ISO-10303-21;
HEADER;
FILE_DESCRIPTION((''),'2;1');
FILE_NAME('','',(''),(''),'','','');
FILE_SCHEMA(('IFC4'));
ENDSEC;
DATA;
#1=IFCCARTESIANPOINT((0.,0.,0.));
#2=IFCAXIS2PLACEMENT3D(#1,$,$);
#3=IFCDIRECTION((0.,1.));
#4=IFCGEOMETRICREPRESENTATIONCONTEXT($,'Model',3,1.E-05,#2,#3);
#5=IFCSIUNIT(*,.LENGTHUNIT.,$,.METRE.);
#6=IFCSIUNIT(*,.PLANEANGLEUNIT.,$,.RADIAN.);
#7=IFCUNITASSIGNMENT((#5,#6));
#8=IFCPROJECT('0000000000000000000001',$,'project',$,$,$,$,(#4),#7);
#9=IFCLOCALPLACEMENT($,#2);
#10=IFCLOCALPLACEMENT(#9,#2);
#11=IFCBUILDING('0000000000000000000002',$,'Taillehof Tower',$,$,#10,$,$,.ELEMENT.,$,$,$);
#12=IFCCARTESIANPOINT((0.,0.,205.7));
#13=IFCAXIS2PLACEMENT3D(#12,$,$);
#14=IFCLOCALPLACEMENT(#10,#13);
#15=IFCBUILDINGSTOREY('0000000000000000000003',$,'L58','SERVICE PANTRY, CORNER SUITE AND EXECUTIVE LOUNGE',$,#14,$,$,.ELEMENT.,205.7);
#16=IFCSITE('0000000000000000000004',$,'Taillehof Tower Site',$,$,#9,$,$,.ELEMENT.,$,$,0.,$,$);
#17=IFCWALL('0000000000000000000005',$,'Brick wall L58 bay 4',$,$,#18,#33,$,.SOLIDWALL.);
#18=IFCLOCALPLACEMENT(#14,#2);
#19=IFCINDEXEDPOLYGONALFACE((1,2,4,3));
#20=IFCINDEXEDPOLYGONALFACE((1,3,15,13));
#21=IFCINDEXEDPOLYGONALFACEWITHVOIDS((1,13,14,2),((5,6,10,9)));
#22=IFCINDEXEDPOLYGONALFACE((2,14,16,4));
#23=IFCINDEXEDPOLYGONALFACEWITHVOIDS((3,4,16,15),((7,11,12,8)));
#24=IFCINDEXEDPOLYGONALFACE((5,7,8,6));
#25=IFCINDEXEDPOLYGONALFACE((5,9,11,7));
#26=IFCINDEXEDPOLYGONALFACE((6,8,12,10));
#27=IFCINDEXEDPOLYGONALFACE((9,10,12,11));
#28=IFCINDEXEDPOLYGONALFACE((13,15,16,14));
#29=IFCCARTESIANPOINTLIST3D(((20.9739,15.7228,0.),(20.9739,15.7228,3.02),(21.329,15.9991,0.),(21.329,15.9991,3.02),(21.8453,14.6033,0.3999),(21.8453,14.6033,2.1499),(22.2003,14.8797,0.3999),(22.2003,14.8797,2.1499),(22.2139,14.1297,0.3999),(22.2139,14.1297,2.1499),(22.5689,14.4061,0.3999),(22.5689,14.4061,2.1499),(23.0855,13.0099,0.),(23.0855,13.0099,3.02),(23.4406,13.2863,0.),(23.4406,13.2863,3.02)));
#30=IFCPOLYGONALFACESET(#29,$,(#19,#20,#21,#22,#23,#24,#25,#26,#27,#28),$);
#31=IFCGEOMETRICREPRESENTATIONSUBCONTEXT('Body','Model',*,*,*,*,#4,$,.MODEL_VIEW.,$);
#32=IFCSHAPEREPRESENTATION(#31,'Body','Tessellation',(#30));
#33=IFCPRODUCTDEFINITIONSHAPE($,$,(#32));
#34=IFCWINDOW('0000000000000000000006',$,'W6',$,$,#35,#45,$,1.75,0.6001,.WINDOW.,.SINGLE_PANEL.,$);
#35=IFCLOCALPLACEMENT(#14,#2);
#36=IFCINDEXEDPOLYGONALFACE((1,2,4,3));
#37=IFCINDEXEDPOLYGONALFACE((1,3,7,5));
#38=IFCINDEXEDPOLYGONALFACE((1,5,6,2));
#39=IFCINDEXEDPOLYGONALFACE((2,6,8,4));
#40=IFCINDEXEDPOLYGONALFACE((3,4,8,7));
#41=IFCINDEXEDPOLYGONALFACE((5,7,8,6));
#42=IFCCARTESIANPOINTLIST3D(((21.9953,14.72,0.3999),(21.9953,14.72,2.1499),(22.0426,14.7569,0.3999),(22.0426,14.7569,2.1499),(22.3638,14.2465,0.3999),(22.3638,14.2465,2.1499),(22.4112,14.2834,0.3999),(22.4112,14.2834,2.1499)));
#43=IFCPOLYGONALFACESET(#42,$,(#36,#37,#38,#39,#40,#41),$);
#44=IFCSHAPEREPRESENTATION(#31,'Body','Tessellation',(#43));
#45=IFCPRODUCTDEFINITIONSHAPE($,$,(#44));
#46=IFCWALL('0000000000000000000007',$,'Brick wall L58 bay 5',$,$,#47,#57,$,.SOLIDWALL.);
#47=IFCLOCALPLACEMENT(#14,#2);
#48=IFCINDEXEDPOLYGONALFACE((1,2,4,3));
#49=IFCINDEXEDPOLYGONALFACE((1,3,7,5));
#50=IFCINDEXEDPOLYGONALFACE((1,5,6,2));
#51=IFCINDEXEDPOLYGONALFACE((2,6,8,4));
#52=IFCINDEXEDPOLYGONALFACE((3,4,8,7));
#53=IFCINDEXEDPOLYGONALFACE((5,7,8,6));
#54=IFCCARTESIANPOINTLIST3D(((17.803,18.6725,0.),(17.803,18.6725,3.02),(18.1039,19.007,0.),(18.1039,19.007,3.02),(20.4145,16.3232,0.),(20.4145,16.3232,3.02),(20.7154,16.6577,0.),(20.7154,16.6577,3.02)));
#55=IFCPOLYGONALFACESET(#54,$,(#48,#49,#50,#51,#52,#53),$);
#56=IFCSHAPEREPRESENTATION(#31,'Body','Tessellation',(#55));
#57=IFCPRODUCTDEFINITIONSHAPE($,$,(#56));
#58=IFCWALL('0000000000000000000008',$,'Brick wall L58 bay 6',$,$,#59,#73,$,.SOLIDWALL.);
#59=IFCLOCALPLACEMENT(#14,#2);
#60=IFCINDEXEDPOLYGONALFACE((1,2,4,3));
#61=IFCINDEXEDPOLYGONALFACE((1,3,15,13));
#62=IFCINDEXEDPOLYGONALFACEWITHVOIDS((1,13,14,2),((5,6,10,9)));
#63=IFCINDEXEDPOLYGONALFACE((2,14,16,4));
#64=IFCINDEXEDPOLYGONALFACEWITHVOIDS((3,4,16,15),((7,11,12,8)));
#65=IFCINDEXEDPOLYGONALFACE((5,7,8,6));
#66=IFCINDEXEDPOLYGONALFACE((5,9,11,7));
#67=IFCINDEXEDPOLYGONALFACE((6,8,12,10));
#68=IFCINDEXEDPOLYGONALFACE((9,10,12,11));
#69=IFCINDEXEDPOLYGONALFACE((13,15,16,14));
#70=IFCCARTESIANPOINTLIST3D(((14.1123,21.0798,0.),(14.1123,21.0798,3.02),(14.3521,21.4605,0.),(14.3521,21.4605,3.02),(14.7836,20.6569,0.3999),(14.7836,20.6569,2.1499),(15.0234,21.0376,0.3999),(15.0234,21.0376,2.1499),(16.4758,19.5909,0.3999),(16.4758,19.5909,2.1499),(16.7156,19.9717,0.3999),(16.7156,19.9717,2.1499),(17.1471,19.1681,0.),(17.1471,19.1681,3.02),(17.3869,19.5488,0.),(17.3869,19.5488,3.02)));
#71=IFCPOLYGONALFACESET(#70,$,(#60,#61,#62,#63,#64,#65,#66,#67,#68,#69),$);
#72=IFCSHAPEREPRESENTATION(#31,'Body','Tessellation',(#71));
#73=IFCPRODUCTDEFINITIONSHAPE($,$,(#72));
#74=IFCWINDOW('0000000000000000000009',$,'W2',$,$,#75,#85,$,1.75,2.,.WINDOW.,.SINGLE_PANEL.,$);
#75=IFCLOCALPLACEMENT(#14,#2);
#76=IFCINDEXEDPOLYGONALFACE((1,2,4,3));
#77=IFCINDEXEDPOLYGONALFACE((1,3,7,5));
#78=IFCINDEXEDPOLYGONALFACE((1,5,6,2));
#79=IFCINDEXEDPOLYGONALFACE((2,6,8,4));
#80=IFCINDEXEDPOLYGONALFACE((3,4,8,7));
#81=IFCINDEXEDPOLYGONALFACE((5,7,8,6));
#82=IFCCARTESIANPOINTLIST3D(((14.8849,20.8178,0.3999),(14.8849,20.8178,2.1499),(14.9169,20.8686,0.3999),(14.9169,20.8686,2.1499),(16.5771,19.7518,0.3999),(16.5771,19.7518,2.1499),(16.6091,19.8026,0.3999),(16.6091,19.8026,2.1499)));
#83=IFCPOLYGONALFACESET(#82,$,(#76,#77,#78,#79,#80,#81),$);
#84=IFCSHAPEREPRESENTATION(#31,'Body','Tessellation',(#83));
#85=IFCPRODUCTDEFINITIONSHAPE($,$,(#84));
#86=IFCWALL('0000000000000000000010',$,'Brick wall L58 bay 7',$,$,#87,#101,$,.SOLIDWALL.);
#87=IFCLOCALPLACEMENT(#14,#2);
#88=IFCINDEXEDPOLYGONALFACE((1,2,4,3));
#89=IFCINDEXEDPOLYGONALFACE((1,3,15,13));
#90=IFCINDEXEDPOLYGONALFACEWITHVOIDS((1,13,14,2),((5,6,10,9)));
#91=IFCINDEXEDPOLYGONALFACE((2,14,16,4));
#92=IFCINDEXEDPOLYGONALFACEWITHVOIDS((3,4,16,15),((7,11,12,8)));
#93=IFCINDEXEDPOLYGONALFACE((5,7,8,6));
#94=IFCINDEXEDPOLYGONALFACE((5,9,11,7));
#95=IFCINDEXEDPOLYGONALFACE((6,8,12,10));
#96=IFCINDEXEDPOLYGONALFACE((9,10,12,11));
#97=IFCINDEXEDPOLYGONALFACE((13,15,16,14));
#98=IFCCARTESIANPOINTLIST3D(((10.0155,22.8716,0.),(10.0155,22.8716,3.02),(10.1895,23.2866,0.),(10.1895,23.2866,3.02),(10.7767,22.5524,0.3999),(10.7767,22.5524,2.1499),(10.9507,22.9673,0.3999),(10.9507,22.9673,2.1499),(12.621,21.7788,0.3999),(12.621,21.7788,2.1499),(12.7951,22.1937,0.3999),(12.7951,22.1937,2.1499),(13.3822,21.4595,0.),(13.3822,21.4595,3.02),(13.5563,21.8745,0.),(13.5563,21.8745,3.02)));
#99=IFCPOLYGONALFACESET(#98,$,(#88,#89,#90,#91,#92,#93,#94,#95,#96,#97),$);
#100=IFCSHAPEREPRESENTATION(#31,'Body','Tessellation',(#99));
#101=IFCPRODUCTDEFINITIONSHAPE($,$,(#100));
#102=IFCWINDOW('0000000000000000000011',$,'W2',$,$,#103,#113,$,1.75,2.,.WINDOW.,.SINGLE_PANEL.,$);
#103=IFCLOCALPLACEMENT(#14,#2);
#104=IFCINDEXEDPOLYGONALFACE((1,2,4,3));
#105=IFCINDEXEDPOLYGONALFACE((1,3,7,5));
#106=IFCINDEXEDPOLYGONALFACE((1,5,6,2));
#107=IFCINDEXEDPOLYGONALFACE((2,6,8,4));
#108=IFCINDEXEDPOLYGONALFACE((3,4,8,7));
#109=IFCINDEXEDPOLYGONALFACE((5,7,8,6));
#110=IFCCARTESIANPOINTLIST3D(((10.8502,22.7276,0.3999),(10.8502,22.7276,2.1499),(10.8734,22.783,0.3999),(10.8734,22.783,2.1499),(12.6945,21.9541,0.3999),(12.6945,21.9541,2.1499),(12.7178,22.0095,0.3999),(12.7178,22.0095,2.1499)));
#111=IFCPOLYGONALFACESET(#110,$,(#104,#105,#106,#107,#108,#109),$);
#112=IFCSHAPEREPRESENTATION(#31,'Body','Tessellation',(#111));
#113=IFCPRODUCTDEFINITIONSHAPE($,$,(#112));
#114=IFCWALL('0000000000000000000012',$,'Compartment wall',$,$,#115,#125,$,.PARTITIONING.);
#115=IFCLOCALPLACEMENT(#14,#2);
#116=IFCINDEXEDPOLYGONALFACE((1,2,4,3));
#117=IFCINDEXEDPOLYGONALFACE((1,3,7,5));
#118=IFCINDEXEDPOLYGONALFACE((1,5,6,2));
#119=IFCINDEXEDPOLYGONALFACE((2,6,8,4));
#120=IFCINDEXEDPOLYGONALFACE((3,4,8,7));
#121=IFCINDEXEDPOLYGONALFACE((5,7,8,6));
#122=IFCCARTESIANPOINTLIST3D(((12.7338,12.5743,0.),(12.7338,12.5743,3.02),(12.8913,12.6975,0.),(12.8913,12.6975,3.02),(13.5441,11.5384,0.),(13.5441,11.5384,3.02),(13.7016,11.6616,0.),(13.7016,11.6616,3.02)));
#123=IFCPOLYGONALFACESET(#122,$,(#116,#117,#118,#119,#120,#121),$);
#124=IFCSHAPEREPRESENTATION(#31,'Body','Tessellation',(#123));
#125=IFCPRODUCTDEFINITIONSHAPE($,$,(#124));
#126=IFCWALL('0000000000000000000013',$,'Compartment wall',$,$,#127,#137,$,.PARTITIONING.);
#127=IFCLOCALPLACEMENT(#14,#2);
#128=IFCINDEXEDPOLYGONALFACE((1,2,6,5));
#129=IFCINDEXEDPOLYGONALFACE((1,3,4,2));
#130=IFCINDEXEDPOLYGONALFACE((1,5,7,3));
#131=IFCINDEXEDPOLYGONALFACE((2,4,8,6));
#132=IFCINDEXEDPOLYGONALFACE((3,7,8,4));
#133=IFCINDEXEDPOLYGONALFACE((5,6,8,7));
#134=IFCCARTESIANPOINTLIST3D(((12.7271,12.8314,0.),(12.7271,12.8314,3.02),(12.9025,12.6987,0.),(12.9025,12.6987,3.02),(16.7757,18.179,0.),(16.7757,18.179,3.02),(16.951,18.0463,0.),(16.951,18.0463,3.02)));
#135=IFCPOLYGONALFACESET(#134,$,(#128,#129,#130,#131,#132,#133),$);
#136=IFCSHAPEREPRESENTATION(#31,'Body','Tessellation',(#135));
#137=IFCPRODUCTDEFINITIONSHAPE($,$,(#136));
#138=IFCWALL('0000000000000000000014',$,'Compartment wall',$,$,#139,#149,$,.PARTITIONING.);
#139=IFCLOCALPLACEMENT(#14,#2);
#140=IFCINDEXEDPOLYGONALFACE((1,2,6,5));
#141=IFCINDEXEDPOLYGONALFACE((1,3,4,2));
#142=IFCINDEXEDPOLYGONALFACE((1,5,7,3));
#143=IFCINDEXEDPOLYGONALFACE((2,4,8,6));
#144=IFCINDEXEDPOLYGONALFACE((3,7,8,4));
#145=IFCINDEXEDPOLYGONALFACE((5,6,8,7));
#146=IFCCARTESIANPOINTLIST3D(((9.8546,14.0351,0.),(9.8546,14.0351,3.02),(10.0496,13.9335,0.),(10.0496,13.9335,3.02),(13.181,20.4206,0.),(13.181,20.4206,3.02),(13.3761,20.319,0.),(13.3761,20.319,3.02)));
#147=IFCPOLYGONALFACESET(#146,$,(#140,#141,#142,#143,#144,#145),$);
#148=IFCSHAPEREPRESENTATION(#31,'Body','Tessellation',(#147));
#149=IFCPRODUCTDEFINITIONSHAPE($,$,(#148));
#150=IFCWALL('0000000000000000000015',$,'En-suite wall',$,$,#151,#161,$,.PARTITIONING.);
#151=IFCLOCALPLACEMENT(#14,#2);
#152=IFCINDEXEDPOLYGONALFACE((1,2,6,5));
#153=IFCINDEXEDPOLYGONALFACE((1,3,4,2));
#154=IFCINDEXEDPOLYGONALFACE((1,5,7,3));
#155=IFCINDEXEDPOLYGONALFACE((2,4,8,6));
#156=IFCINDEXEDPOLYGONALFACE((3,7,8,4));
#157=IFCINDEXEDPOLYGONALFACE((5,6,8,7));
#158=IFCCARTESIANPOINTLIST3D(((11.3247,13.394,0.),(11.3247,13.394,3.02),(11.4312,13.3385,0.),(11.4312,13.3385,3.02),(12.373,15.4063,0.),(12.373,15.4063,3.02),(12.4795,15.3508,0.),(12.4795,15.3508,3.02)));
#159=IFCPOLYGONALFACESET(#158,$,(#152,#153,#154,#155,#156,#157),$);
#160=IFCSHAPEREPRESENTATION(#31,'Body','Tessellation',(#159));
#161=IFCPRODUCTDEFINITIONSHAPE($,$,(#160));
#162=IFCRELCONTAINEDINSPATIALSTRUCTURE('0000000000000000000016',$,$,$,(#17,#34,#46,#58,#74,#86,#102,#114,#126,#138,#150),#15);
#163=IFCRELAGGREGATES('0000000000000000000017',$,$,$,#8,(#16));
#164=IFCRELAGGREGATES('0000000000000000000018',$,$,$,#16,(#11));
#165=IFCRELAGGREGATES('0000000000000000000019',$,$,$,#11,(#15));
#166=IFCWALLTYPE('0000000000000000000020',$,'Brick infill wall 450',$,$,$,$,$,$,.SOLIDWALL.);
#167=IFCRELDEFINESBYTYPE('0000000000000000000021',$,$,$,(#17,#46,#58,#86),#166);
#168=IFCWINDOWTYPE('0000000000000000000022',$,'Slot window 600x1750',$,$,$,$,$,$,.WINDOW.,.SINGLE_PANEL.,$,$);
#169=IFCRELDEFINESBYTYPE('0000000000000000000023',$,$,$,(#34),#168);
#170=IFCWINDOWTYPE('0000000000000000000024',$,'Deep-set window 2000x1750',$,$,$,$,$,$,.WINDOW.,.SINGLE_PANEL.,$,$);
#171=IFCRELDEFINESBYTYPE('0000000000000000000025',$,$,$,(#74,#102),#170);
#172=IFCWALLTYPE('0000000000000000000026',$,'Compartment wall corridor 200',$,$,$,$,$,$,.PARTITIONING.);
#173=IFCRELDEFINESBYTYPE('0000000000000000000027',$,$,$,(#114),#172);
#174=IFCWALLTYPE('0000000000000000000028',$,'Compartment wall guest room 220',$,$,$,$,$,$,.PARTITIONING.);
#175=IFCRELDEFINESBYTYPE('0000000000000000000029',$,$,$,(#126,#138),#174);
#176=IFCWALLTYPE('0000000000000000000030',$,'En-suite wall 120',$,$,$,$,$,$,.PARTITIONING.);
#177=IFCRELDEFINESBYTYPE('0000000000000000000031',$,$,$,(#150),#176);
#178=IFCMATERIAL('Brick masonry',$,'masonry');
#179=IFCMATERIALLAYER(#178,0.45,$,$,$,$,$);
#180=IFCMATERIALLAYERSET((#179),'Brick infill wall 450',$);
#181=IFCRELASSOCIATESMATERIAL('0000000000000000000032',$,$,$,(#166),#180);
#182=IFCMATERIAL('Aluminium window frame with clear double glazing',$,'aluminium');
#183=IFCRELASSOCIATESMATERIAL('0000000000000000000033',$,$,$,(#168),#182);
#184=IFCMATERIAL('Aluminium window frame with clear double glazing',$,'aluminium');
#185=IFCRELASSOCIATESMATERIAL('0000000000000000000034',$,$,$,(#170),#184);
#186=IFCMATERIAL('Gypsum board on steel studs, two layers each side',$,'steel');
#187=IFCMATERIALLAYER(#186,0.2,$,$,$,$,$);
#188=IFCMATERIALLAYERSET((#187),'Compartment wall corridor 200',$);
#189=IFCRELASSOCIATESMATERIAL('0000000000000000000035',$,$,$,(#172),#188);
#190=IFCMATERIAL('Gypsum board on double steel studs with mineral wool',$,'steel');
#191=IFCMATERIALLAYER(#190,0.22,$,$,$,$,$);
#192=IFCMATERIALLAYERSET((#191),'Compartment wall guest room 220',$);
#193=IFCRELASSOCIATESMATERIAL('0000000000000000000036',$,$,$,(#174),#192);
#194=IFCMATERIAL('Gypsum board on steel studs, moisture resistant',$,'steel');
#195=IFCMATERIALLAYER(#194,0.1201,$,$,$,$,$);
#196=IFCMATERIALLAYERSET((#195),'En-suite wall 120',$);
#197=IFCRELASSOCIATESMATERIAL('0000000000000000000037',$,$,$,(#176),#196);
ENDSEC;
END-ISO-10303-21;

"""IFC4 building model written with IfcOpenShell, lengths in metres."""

from ifc_helpers import new_model, si_unit, direction, frame, frame_2d, origin, place, context, subcontext, project, spatial, rectangle, extrude, material, layer, layer_set, type_object, element, fill, save


model = new_model("IFC4")

# Units and contexts
model_context = context("Model", 3, precision=1e-05, world=origin(), true_north=direction((0.0, 1.0)))
body_context = subcontext(model_context, "Body", "Model", "MODEL_VIEW")
ifc_project = project(units=[si_unit("LENGTHUNIT", "METRE"), si_unit("PLANEANGLEUNIT", "RADIAN")], contexts=[model_context])

# Site, building, storey
site_placement = place(None, origin())
site = spatial("IfcSite", under=ifc_project, at=site_placement, Name="Taillehof Tower Site", CompositionType="ELEMENT", RefElevation=0.0)
building_placement = place(site_placement, origin())
building = spatial("IfcBuilding", under=site, at=building_placement, Name="Taillehof Tower", CompositionType="ELEMENT")
storey_placement = place(building_placement, frame((0.0, 0.0, 205.7)))
storey = spatial("IfcBuildingStorey", under=building, at=storey_placement, Name="L58", Description="SERVICE PANTRY, CORNER SUITE AND EXECUTIVE LOUNGE", CompositionType="ELEMENT", Elevation=205.7)

# Wall, opening, window
ifc_material_1 = material(Name="Brick masonry", Category="masonry")
ifc_layer_1 = layer(ifc_material_1, 0.45)
ifc_layer_set_1 = layer_set([ifc_layer_1], Name="Brick infill wall 450")
wall_type_1 = type_object("IfcWallType", Name="Brick infill wall 450", PredefinedType="SOLIDWALL", material=ifc_layer_set_1)
wall_1_placement = place(storey_placement, frame((23.2629, 13.1482, 0.0), z_axis=(0.0, 0.0, 1.0), x_axis=(-0.614221, 0.789134, 0.0)))
wall_1 = element("IfcWall", 1, at=wall_1_placement, inside=storey, type_object=wall_type_1, Name="Brick wall L58 bay 4", PredefinedType="SOLIDWALL", context=body_context, shape_type="SweptSolid", body=[
    extrude(rectangle(XDim=3.4377, YDim=0.45, at=frame_2d((1.7188, 0.0))), origin(), (0.0, 0.0, 1.0), 3.02),
])
opening_1_placement = place(wall_1_placement, frame((1.4189, 0.0, 0.3999)))
opening_1 = element("IfcOpeningElement", 2, at=opening_1_placement, cuts=wall_1, PredefinedType="OPENING", context=body_context, shape_type="SweptSolid", body=[
    extrude(rectangle(XDim=0.6001, YDim=1.75, at=frame_2d((0.3, 0.875))), frame((0.0, 0.2349, 0.0), z_axis=(0.0, -1.0, 0.0), x_axis=(1.0, 0.0, 0.0)), (0.0, 0.0, 1.0), 0.47),
])
ifc_material_2 = material(Name="Aluminium window frame with clear double glazing", Category="aluminium")
window_type_1 = type_object("IfcWindowType", Name="Slot window 600x1750", PartitioningType="SINGLE_PANEL", PredefinedType="WINDOW", material=ifc_material_2)
window_1_placement = place(opening_1_placement, origin())
window_1 = element("IfcWindow", 3, at=window_1_placement, inside=storey, type_object=window_type_1, Name="W6", OverallHeight=1.75, OverallWidth=0.6001, PartitioningType="SINGLE_PANEL", PredefinedType="WINDOW", context=body_context, shape_type="SweptSolid", body=[
    extrude(rectangle(XDim=0.6001, YDim=1.75, at=frame_2d((0.3, 0.875))), frame((0.0, 0.0349, 0.0), z_axis=(0.0, -1.0, 0.0), x_axis=(1.0, 0.0, 0.0)), (0.0, 0.0, 1.0), 0.0601),
])
fill(opening_1, window_1)

# Wall
wall_2_placement = place(storey_placement, frame((20.5649, 16.4905, 0.0), z_axis=(0.0, 0.0, 1.0), x_axis=(-0.743443, 0.6688, 0.0)))
element("IfcWall", 4, at=wall_2_placement, inside=storey, type_object=wall_type_1, Name="Brick wall L58 bay 5", PredefinedType="SOLIDWALL", context=body_context, shape_type="SweptSolid", body=[
    extrude(rectangle(XDim=3.5127, YDim=0.45, at=frame_2d((1.7563, 0.0))), origin(), (0.0, 0.0, 1.0), 3.02),
])

# Walls, openings, windows
wall_3_placement = place(storey_placement, frame((17.2671, 19.3584, 0.0), z_axis=(0.0, 0.0, 1.0), x_axis=(-0.846119, 0.532994, 0.0)))
wall_3 = element("IfcWall", 5, at=wall_3_placement, inside=storey, type_object=wall_type_1, Name="Brick wall L58 bay 6", PredefinedType="SOLIDWALL", context=body_context, shape_type="SweptSolid", body=[
    extrude(rectangle(XDim=3.5867, YDim=0.45, at=frame_2d((1.7935, 0.0))), origin(), (0.0, 0.0, 1.0), 3.02),
])
opening_2_placement = place(wall_3_placement, frame((0.7935, 0.0, 0.3999)))
opening_2 = element("IfcOpeningElement", 6, at=opening_2_placement, cuts=wall_3, PredefinedType="OPENING", context=body_context, shape_type="SweptSolid", body=[
    extrude(rectangle(XDim=2.0, YDim=1.75, at=frame_2d((1.0, 0.875))), frame((0.0, 0.2349, 0.0), z_axis=(0.0, -1.0, 0.0), x_axis=(1.0, 0.0, 0.0)), (0.0, 0.0, 1.0), 0.47),
])
ifc_material_3 = material(Name="Aluminium window frame with clear double glazing", Category="aluminium")
window_type_2 = type_object("IfcWindowType", Name="Deep-set window 2000x1750", PartitioningType="SINGLE_PANEL", PredefinedType="WINDOW", material=ifc_material_3)
window_2_placement = place(opening_2_placement, origin())
window_2 = element("IfcWindow", 7, at=window_2_placement, inside=storey, type_object=window_type_2, Name="W2", OverallHeight=1.75, OverallWidth=2.0, PartitioningType="SINGLE_PANEL", PredefinedType="WINDOW", context=body_context, shape_type="SweptSolid", body=[
    extrude(rectangle(XDim=2.0, YDim=1.75, at=frame_2d((1.0, 0.875))), frame((0.0, 0.0349, 0.0), z_axis=(0.0, -1.0, 0.0), x_axis=(1.0, 0.0, 0.0)), (0.0, 0.0, 1.0), 0.0601),
])
fill(opening_2, window_2)
wall_4_placement = place(storey_placement, frame((13.4692, 21.667, 0.0), z_axis=(0.0, 0.0, 1.0), x_axis=(-0.922168, 0.386789, 0.0)))
wall_4 = element("IfcWall", 8, at=wall_4_placement, inside=storey, type_object=wall_type_1, Name="Brick wall L58 bay 7", PredefinedType="SOLIDWALL", context=body_context, shape_type="SweptSolid", body=[
    extrude(rectangle(XDim=3.6509, YDim=0.45, at=frame_2d((1.8254, 0.0))), origin(), (0.0, 0.0, 1.0), 3.02),
])
opening_3_placement = place(wall_4_placement, frame((0.8254, 0.0, 0.3999)))
opening_3 = element("IfcOpeningElement", 9, at=opening_3_placement, cuts=wall_4, PredefinedType="OPENING", context=body_context, shape_type="SweptSolid", body=[
    extrude(rectangle(XDim=2.0, YDim=1.75, at=frame_2d((1.0, 0.875))), frame((0.0, 0.2349, 0.0), z_axis=(0.0, -1.0, 0.0), x_axis=(1.0, 0.0, 0.0)), (0.0, 0.0, 1.0), 0.47),
])
window_3_placement = place(opening_3_placement, origin())
window_3 = element("IfcWindow", 10, at=window_3_placement, inside=storey, type_object=window_type_2, Name="W2", OverallHeight=1.75, OverallWidth=2.0, PartitioningType="SINGLE_PANEL", PredefinedType="WINDOW", context=body_context, shape_type="SweptSolid", body=[
    extrude(rectangle(XDim=2.0, YDim=1.75, at=frame_2d((1.0, 0.875))), frame((0.0, 0.0349, 0.0), z_axis=(0.0, -1.0, 0.0), x_axis=(1.0, 0.0, 0.0)), (0.0, 0.0, 1.0), 0.0601),
])
fill(opening_3, window_3)

# Walls
ifc_material_4 = material(Name="Gypsum board on steel studs, two layers each side", Category="steel")
ifc_layer_2 = layer(ifc_material_4, 0.2)
ifc_layer_set_2 = layer_set([ifc_layer_2], Name="Compartment wall corridor 200")
wall_type_2 = type_object("IfcWallType", Name="Compartment wall corridor 200", PredefinedType="PARTITIONING", material=ifc_layer_set_2)
wall_5_placement = place(storey_placement, frame((12.8125, 12.636, 0.0), z_axis=(0.0, 0.0, 1.0), x_axis=(0.616123, -0.78765, 0.0)))
element("IfcWall", 11, at=wall_5_placement, inside=storey, type_object=wall_type_2, Name="Compartment wall", PredefinedType="PARTITIONING", context=body_context, shape_type="SweptSolid", body=[
    extrude(rectangle(XDim=1.3152, YDim=0.2, at=frame_2d((0.6577, 0.0))), origin(), (0.0, 0.0, 1.0), 3.02),
])
ifc_material_5 = material(Name="Gypsum board on double steel studs with mineral wool", Category="steel")
ifc_layer_3 = layer(ifc_material_5, 0.22)
ifc_layer_set_3 = layer_set([ifc_layer_3], Name="Compartment wall guest room 220")
wall_type_3 = type_object("IfcWallType", Name="Compartment wall guest room 220", PredefinedType="PARTITIONING", material=ifc_layer_set_3)
wall_6_placement = place(storey_placement, frame((16.8633, 18.1125, 0.0), z_axis=(0.0, 0.0, 1.0), x_axis=(-0.603605, -0.797284, 0.0)))
element("IfcWall", 12, at=wall_6_placement, inside=storey, type_object=wall_type_3, Name="Compartment wall", PredefinedType="PARTITIONING", context=body_context, shape_type="SweptSolid", body=[
    extrude(rectangle(XDim=6.7073, YDim=0.22, at=frame_2d((3.3535, 0.0))), origin(), (0.0, 0.0, 1.0), 3.02),
])
wall_7_placement = place(storey_placement, frame((13.2786, 20.3699, 0.0), z_axis=(0.0, 0.0, 1.0), x_axis=(-0.462004, -0.886878, 0.0)))
element("IfcWall", 13, at=wall_7_placement, inside=storey, type_object=wall_type_3, Name="Compartment wall", PredefinedType="PARTITIONING", context=body_context, shape_type="SweptSolid", body=[
    extrude(rectangle(XDim=7.2, YDim=0.22, at=frame_2d((3.6001, 0.0))), origin(), (0.0, 0.0, 1.0), 3.02),
])
ifc_material_6 = material(Name="Gypsum board on steel studs, moisture resistant", Category="steel")
ifc_layer_4 = layer(ifc_material_6, 0.1201)
ifc_layer_set_4 = layer_set([ifc_layer_4], Name="En-suite wall 120")
wall_type_4 = type_object("IfcWallType", Name="En-suite wall 120", PredefinedType="PARTITIONING", material=ifc_layer_set_4)
wall_8_placement = place(storey_placement, frame((11.3779, 13.3662, 0.0), z_axis=(0.0, 0.0, 1.0), x_axis=(0.462, 0.88688, 0.0)))
element("IfcWall", 14, at=wall_8_placement, inside=storey, type_object=wall_type_4, Name="En-suite wall", PredefinedType="PARTITIONING", context=body_context, shape_type="SweptSolid", body=[
    extrude(rectangle(XDim=2.269, YDim=0.1201, at=frame_2d((1.1345, 0.0))), origin(), (0.0, 0.0, 1.0), 3.02),
])

save(model, "model.ifc")
